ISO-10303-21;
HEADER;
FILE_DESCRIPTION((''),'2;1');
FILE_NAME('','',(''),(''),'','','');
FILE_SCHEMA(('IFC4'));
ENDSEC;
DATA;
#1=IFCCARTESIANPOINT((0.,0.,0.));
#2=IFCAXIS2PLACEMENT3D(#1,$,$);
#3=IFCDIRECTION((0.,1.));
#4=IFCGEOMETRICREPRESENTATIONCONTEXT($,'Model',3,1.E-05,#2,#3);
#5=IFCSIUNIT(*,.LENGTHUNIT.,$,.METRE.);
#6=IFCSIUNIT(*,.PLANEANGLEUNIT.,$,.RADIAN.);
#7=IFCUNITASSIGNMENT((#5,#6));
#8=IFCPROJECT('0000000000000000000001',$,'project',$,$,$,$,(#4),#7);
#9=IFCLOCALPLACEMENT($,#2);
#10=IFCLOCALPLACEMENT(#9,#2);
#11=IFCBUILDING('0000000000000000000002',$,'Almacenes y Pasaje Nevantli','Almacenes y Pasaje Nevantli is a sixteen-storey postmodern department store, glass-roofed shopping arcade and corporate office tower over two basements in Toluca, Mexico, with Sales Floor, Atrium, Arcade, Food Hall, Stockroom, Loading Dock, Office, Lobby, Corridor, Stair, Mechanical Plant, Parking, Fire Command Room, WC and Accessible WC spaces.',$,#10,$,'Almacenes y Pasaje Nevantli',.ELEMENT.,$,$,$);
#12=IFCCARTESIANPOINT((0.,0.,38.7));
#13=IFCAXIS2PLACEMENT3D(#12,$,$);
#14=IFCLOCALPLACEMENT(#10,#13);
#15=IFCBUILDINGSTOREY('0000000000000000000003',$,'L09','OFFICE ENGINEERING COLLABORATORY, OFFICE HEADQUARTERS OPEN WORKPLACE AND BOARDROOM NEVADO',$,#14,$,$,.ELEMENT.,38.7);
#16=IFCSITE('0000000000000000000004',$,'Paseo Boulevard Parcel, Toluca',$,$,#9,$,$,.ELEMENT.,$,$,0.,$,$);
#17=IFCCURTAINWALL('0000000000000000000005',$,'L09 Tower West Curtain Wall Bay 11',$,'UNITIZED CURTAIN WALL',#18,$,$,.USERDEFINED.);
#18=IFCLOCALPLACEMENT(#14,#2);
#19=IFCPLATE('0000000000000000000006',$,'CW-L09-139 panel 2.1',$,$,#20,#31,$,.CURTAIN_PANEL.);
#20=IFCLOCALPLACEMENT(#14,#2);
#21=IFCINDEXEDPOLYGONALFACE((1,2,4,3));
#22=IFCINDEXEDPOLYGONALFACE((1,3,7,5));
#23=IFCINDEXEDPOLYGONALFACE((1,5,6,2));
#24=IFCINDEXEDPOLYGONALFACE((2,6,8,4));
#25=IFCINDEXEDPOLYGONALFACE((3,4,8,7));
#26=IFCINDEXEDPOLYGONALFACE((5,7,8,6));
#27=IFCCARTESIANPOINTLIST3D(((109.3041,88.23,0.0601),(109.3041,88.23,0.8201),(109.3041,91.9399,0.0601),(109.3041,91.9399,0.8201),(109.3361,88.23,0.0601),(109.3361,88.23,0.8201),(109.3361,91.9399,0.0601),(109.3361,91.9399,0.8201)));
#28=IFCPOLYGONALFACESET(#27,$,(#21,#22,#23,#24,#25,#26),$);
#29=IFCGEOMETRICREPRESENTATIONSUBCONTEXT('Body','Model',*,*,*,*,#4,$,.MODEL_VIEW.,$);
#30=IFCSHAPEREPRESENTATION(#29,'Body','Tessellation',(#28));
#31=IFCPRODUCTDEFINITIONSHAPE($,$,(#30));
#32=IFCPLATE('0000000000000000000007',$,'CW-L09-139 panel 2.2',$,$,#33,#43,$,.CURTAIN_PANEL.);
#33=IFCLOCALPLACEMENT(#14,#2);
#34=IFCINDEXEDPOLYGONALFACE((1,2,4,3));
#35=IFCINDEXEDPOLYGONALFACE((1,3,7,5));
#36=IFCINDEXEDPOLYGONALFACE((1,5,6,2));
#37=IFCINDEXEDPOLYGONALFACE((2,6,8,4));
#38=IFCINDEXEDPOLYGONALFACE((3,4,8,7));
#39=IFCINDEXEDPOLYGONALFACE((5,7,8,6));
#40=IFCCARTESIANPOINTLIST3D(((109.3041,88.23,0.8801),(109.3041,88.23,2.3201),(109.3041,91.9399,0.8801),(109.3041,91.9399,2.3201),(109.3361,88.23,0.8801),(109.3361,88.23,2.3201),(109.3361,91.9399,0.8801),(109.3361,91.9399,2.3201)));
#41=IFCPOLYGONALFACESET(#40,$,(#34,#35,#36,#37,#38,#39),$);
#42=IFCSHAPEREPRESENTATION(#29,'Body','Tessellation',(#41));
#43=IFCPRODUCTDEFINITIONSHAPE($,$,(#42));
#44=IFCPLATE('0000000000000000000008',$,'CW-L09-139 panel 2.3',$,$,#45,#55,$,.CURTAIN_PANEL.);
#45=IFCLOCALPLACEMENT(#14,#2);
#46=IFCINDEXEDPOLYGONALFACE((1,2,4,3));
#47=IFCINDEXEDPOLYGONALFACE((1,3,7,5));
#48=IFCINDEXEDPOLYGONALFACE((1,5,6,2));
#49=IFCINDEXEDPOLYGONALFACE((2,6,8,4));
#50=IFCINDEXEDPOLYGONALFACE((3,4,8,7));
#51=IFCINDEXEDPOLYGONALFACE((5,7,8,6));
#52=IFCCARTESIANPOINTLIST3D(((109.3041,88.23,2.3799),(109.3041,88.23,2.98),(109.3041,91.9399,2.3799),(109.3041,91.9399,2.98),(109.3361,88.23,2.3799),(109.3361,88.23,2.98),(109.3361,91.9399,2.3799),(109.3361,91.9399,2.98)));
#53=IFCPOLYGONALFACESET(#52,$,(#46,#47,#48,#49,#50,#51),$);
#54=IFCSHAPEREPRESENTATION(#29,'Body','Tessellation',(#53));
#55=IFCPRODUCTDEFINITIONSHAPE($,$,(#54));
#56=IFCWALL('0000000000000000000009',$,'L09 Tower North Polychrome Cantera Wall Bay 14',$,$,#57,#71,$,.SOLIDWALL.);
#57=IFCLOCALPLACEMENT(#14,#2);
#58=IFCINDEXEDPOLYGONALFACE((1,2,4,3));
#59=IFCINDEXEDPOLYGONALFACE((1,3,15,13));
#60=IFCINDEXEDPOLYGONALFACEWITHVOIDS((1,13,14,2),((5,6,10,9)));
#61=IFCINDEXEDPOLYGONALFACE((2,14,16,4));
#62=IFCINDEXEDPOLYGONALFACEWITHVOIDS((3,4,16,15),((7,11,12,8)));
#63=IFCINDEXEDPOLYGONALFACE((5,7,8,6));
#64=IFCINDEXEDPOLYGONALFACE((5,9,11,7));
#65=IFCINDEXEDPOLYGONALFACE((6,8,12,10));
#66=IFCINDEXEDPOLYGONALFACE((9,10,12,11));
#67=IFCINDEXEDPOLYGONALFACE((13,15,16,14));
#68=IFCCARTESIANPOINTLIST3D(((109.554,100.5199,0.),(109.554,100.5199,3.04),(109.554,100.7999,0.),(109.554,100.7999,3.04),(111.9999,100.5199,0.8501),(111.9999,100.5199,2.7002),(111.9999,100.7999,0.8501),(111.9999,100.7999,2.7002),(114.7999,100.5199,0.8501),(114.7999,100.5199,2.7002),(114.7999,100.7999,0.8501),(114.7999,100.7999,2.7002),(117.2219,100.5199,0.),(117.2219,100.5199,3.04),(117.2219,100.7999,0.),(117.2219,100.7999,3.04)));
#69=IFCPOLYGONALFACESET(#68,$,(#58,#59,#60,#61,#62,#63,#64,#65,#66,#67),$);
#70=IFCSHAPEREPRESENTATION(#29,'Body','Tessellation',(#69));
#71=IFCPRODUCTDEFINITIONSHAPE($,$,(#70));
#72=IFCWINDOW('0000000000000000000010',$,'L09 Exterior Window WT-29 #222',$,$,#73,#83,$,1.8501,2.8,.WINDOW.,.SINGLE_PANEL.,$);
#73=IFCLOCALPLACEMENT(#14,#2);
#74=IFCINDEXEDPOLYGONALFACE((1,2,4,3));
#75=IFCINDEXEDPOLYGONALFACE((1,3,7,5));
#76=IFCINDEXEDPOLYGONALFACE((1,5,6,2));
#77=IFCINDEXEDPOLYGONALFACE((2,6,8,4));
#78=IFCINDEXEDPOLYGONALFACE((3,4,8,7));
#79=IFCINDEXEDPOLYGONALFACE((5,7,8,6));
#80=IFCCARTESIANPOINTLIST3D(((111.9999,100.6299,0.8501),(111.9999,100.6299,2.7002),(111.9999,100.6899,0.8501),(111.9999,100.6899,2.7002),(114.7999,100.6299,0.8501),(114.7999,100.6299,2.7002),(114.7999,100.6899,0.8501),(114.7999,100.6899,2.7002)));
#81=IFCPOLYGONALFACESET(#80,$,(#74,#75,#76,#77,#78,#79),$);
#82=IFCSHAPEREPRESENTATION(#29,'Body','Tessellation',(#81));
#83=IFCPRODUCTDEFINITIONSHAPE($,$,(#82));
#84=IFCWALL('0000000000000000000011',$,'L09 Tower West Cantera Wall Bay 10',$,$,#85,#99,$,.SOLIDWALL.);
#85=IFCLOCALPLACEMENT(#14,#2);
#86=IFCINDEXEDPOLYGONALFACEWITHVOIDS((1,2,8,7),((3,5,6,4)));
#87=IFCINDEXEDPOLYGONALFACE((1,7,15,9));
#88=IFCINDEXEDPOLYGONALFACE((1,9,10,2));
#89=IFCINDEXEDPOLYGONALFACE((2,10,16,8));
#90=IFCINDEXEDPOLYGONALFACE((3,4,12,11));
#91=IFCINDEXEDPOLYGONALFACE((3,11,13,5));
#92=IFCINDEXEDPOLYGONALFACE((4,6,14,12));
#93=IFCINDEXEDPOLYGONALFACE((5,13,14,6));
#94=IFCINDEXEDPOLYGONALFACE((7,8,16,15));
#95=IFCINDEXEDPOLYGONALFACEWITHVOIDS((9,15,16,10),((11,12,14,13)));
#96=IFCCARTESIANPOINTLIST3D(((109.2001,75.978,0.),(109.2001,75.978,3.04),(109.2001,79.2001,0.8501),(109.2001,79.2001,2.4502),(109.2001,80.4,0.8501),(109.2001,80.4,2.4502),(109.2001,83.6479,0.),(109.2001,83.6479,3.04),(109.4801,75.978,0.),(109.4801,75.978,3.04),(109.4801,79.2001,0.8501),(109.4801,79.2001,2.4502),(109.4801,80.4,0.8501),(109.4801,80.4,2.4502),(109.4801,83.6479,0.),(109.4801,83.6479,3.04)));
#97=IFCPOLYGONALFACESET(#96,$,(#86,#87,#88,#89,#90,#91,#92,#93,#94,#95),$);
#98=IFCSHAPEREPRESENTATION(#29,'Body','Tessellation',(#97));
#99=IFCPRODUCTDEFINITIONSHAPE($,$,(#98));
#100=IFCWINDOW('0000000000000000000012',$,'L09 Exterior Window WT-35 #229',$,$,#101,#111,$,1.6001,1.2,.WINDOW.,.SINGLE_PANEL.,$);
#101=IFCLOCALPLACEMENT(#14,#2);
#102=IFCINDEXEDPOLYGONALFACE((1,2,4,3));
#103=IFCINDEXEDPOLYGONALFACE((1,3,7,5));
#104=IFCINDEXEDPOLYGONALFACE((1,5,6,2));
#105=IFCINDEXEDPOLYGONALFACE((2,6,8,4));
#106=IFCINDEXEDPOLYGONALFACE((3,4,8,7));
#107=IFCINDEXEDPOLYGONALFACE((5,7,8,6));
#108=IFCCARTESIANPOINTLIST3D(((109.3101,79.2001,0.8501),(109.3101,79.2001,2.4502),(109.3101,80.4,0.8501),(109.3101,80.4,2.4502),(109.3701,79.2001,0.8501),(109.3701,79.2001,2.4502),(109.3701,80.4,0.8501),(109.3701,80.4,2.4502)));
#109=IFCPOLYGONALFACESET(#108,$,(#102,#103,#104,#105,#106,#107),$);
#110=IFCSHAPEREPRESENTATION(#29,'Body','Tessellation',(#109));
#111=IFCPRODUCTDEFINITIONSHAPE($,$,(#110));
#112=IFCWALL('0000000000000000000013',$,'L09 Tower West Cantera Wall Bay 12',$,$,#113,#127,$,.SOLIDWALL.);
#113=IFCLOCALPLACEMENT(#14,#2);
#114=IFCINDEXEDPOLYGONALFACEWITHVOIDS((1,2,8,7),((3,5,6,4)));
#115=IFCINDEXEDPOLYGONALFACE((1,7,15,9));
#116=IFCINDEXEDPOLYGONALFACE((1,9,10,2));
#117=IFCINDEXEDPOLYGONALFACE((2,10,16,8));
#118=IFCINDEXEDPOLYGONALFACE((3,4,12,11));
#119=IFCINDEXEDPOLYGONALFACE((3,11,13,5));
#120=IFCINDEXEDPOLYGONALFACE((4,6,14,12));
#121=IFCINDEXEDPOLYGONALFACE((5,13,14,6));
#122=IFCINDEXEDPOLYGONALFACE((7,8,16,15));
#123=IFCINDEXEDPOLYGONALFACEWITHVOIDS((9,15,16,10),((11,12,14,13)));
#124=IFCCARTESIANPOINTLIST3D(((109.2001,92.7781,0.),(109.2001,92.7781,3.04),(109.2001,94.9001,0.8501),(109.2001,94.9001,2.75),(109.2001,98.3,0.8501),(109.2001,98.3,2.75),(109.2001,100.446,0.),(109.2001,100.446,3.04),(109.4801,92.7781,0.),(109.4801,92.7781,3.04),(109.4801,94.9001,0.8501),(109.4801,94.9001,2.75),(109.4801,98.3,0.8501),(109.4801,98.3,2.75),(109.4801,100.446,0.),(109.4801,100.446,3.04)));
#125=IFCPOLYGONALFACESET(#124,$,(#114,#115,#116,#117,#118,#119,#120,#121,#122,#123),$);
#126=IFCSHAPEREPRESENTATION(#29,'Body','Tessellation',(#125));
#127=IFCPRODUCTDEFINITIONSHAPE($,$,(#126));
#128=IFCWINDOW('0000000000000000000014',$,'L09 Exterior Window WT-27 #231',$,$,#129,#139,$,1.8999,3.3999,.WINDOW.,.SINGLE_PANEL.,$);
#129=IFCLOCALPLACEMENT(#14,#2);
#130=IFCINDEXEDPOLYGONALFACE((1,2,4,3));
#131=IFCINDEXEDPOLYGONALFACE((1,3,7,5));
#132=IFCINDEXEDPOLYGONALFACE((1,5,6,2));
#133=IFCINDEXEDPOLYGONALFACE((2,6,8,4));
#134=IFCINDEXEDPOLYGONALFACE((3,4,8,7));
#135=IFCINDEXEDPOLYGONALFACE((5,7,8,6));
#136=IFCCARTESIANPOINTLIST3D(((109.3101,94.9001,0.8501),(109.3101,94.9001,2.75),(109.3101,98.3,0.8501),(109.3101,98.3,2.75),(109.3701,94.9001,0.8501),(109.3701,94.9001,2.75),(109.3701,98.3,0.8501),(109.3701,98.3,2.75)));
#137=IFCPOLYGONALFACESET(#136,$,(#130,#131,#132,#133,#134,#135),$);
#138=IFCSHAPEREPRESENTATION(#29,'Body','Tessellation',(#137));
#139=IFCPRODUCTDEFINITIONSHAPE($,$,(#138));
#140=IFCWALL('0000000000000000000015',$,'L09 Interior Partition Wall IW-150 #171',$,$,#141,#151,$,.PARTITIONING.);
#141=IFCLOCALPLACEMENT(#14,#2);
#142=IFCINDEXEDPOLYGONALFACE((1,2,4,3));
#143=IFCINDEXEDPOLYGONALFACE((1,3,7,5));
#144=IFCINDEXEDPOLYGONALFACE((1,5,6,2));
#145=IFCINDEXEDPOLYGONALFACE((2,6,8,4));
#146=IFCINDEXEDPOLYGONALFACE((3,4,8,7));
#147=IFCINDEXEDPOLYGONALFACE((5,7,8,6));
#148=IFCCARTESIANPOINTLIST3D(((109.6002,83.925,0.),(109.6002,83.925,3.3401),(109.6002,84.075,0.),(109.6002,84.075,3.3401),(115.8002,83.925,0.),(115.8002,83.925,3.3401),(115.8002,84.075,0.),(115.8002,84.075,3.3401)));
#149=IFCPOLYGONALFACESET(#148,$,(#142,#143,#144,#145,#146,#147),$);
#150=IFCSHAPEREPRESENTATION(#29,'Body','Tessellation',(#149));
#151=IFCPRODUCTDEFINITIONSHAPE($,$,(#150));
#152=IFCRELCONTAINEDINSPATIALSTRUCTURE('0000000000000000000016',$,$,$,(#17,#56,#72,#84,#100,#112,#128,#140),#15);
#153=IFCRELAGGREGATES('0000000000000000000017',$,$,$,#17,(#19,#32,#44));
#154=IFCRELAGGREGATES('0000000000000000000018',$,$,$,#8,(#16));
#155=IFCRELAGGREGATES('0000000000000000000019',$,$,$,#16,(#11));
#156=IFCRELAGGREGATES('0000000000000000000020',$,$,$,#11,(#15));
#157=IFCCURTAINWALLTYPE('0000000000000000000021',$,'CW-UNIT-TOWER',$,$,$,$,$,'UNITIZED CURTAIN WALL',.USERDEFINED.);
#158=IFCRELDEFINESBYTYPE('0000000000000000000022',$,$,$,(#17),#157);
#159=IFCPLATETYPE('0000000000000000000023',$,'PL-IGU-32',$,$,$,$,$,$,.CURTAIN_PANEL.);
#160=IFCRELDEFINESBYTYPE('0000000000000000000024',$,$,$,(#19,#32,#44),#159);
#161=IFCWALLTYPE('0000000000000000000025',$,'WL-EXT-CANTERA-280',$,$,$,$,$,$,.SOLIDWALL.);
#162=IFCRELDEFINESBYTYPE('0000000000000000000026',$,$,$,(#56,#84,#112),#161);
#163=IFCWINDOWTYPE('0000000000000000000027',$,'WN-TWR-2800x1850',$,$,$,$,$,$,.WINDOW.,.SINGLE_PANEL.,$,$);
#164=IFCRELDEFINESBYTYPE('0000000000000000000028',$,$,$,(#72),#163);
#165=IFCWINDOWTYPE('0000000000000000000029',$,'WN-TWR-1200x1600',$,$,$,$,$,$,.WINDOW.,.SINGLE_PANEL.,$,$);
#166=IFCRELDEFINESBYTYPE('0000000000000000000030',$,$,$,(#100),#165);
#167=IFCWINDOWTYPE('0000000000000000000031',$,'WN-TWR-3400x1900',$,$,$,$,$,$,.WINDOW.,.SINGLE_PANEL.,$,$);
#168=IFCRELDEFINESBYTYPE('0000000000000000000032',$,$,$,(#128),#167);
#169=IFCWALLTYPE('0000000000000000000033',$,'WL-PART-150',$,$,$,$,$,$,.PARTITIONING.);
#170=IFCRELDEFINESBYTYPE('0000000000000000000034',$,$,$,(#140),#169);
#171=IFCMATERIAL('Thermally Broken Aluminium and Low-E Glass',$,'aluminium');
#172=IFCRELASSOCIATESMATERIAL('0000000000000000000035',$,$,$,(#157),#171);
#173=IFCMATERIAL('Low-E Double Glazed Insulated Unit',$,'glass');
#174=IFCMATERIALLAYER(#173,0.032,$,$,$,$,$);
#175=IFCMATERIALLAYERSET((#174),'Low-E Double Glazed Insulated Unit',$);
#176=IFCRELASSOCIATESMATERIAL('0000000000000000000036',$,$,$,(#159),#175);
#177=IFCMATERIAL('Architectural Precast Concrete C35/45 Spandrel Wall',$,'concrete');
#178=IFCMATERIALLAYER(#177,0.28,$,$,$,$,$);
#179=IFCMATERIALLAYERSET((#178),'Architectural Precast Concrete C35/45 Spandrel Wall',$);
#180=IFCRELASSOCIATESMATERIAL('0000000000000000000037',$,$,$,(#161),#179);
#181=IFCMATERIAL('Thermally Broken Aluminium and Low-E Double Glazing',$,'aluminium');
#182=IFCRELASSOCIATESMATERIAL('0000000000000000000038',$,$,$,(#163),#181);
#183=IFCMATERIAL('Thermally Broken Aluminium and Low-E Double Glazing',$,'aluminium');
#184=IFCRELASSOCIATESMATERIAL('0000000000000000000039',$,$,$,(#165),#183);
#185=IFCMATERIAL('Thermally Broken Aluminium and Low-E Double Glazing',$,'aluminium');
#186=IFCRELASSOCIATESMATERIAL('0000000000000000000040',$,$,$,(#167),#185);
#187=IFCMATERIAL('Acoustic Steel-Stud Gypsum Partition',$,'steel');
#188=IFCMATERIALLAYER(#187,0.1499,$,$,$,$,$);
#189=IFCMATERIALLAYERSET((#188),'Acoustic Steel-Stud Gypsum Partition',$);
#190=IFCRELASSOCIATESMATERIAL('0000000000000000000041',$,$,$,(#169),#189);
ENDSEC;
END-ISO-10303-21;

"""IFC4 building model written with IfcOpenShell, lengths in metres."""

from ifc_helpers import new_model, si_unit, direction, frame, frame_2d, origin, origin_2d, place, context, subcontext, project, spatial, rectangle, extrude, material, layer, layer_set, type_object, element, fill, aggregate, save


model = new_model("IFC4")

# Units and contexts
model_context = context("Model", 3, precision=1e-05, world=origin(), true_north=direction((0.0, 1.0)))
body_context = subcontext(model_context, "Body", "Model", "MODEL_VIEW")
ifc_project = project(units=[si_unit("LENGTHUNIT", "METRE"), si_unit("PLANEANGLEUNIT", "RADIAN")], contexts=[model_context])

# Site, building, storey
site_placement = place(None, origin())
site = spatial("IfcSite", under=ifc_project, at=site_placement, Name="Paseo Boulevard Parcel, Toluca", CompositionType="ELEMENT", RefElevation=0.0)
building_placement = place(site_placement, origin())
building = spatial("IfcBuilding", under=site, at=building_placement, Name="Almacenes y Pasaje Nevantli", Description="Almacenes y Pasaje Nevantli is a sixteen-storey postmodern department store, glass-roofed shopping arcade and corporate office tower over two basements in Toluca, Mexico, with Sales Floor, Atrium, Arcade, Food Hall, Stockroom, Loading Dock, Office, Lobby, Corridor, Stair, Mechanical Plant, Parking, Fire Command Room, WC and Accessible WC spaces.", LongName="Almacenes y Pasaje Nevantli", CompositionType="ELEMENT")
storey_placement = place(building_placement, frame((0.0, 0.0, 38.7)))
storey = spatial("IfcBuildingStorey", under=building, at=storey_placement, Name="L09", Description="OFFICE ENGINEERING COLLABORATORY, OFFICE HEADQUARTERS OPEN WORKPLACE AND BOARDROOM NEVADO", CompositionType="ELEMENT", Elevation=38.7)

# Curtain wall, plates
ifc_material_1 = material(Name="Thermally Broken Aluminium and Low-E Glass", Category="aluminium")
curtain_wall_type = type_object("IfcCurtainWallType", Name="CW-UNIT-TOWER", ElementType="UNITIZED CURTAIN WALL", PredefinedType="USERDEFINED", material=ifc_material_1)
curtain_wall_placement = place(storey_placement, origin())
curtain_wall = element("IfcCurtainWall", 1, at=curtain_wall_placement, inside=storey, type_object=curtain_wall_type, Name="L09 Tower West Curtain Wall Bay 11", ObjectType="UNITIZED CURTAIN WALL", PredefinedType="USERDEFINED")
ifc_material_2 = material(Name="Low-E Double Glazed Insulated Unit", Category="glass")
ifc_layer_1 = layer(ifc_material_2, 0.032)
ifc_layer_set_1 = layer_set([ifc_layer_1], Name="Low-E Double Glazed Insulated Unit")
plate_type = type_object("IfcPlateType", Name="PL-IGU-32", PredefinedType="CURTAIN_PANEL", material=ifc_layer_set_1)
plate_1_placement = place(storey_placement, frame((109.3201, 90.085, 0.0601), z_axis=(0.0, 0.0, 1.0), x_axis=(0.0, 1.0, 0.0)))
plate_1 = element("IfcPlate", 2, at=plate_1_placement, type_object=plate_type, Name="CW-L09-139 panel 2.1", PredefinedType="CURTAIN_PANEL", context=body_context, shape_type="SweptSolid", body=[
    extrude(rectangle(XDim=3.71, YDim=0.032, at=origin_2d()), origin(), (0.0, 0.0, 1.0), 0.76),
])
plate_2_placement = place(storey_placement, frame((109.3201, 90.085, 0.8801), z_axis=(0.0, 0.0, 1.0), x_axis=(0.0, 1.0, 0.0)))
plate_2 = element("IfcPlate", 3, at=plate_2_placement, type_object=plate_type, Name="CW-L09-139 panel 2.2", PredefinedType="CURTAIN_PANEL", context=body_context, shape_type="SweptSolid", body=[
    extrude(rectangle(XDim=3.71, YDim=0.032, at=origin_2d()), origin(), (0.0, 0.0, 1.0), 1.4399),
])
plate_3_placement = place(storey_placement, frame((109.3201, 90.085, 2.3799), z_axis=(0.0, 0.0, 1.0), x_axis=(0.0, 1.0, 0.0)))
plate_3 = element("IfcPlate", 4, at=plate_3_placement, type_object=plate_type, Name="CW-L09-139 panel 2.3", PredefinedType="CURTAIN_PANEL", context=body_context, shape_type="SweptSolid", body=[
    extrude(rectangle(XDim=3.71, YDim=0.032, at=origin_2d()), origin(), (0.0, 0.0, 1.0), 0.6001),
])
aggregate(curtain_wall, [plate_1, plate_2, plate_3])

# Walls, openings, windows
ifc_material_3 = material(Name="Architectural Precast Concrete C35/45 Spandrel Wall", Category="concrete")
ifc_layer_2 = layer(ifc_material_3, 0.28)
ifc_layer_set_2 = layer_set([ifc_layer_2], Name="Architectural Precast Concrete C35/45 Spandrel Wall")
wall_type_1 = type_object("IfcWallType", Name="WL-EXT-CANTERA-280", PredefinedType="SOLIDWALL", material=ifc_layer_set_2)
wall_1_placement = place(storey_placement, frame((109.554, 100.6599, 0.0), z_axis=(0.0, 0.0, 1.0), x_axis=(1.0, 0.0, 0.0)))
wall_1 = element("IfcWall", 5, at=wall_1_placement, inside=storey, type_object=wall_type_1, Name="L09 Tower North Polychrome Cantera Wall Bay 14", PredefinedType="SOLIDWALL", context=body_context, shape_type="SweptSolid", body=[
    extrude(rectangle(XDim=7.668, YDim=0.28, at=frame_2d((3.834, 0.0))), origin(), (0.0, 0.0, 1.0), 3.04),
])
opening_1_placement = place(wall_1_placement, frame((2.446, 0.0, 0.8501)))
opening_1 = element("IfcOpeningElement", 6, at=opening_1_placement, cuts=wall_1, PredefinedType="OPENING", context=body_context, shape_type="SweptSolid", body=[
    extrude(rectangle(XDim=2.8, YDim=1.8501, at=frame_2d((1.3999, 0.925))), frame((0.0, 0.1499, 0.0), z_axis=(0.0, -1.0, 0.0), x_axis=(1.0, 0.0, 0.0)), (0.0, 0.0, 1.0), 0.3),
])
ifc_material_4 = material(Name="Thermally Broken Aluminium and Low-E Double Glazing", Category="aluminium")
window_type_1 = type_object("IfcWindowType", Name="WN-TWR-2800x1850", PartitioningType="SINGLE_PANEL", PredefinedType="WINDOW", material=ifc_material_4)
window_1_placement = place(opening_1_placement, origin())
window_1 = element("IfcWindow", 7, at=window_1_placement, inside=storey, type_object=window_type_1, Name="L09 Exterior Window WT-29 #222", OverallHeight=1.8501, OverallWidth=2.8, PartitioningType="SINGLE_PANEL", PredefinedType="WINDOW", context=body_context, shape_type="SweptSolid", body=[
    extrude(rectangle(XDim=2.8, YDim=1.8501, at=frame_2d((1.3999, 0.925))), frame((0.0, 0.03, 0.0), z_axis=(0.0, -1.0, 0.0), x_axis=(1.0, 0.0, 0.0)), (0.0, 0.0, 1.0), 0.0601),
])
fill(opening_1, window_1)
wall_2_placement = place(storey_placement, frame((109.3401, 75.978, 0.0), z_axis=(0.0, 0.0, 1.0), x_axis=(0.0, 1.0, 0.0)))
wall_2 = element("IfcWall", 8, at=wall_2_placement, inside=storey, type_object=wall_type_1, Name="L09 Tower West Cantera Wall Bay 10", PredefinedType="SOLIDWALL", context=body_context, shape_type="SweptSolid", body=[
    extrude(rectangle(XDim=7.6699, YDim=0.28, at=frame_2d((3.835, 0.0))), origin(), (0.0, 0.0, 1.0), 3.04),
])
opening_2_placement = place(wall_2_placement, frame((3.2219, 0.0, 0.8501)))
opening_2 = element("IfcOpeningElement", 9, at=opening_2_placement, cuts=wall_2, PredefinedType="OPENING", context=body_context, shape_type="SweptSolid", body=[
    extrude(rectangle(XDim=1.2, YDim=1.6001, at=frame_2d((0.6001, 0.8))), frame((0.0, 0.1499, 0.0), z_axis=(0.0, -1.0, 0.0), x_axis=(1.0, 0.0, 0.0)), (0.0, 0.0, 1.0), 0.3),
])
ifc_material_5 = material(Name="Thermally Broken Aluminium and Low-E Double Glazing", Category="aluminium")
window_type_2 = type_object("IfcWindowType", Name="WN-TWR-1200x1600", PartitioningType="SINGLE_PANEL", PredefinedType="WINDOW", material=ifc_material_5)
window_2_placement = place(opening_2_placement, origin())
window_2 = element("IfcWindow", 10, at=window_2_placement, inside=storey, type_object=window_type_2, Name="L09 Exterior Window WT-35 #229", OverallHeight=1.6001, OverallWidth=1.2, PartitioningType="SINGLE_PANEL", PredefinedType="WINDOW", context=body_context, shape_type="SweptSolid", body=[
    extrude(rectangle(XDim=1.2, YDim=1.6001, at=frame_2d((0.6001, 0.8))), frame((0.0, 0.03, 0.0), z_axis=(0.0, -1.0, 0.0), x_axis=(1.0, 0.0, 0.0)), (0.0, 0.0, 1.0), 0.0601),
])
fill(opening_2, window_2)
wall_3_placement = place(storey_placement, frame((109.3401, 92.7781, 0.0), z_axis=(0.0, 0.0, 1.0), x_axis=(0.0, 1.0, 0.0)))
wall_3 = element("IfcWall", 11, at=wall_3_placement, inside=storey, type_object=wall_type_1, Name="L09 Tower West Cantera Wall Bay 12", PredefinedType="SOLIDWALL", context=body_context, shape_type="SweptSolid", body=[
    extrude(rectangle(XDim=7.668, YDim=0.28, at=frame_2d((3.834, 0.0))), origin(), (0.0, 0.0, 1.0), 3.04),
])
opening_3_placement = place(wall_3_placement, frame((2.1221, 0.0, 0.8501)))
opening_3 = element("IfcOpeningElement", 12, at=opening_3_placement, cuts=wall_3, PredefinedType="OPENING", context=body_context, shape_type="SweptSolid", body=[
    extrude(rectangle(XDim=3.3999, YDim=1.8999, at=frame_2d((1.7, 0.95))), frame((0.0, 0.1499, 0.0), z_axis=(0.0, -1.0, 0.0), x_axis=(1.0, 0.0, 0.0)), (0.0, 0.0, 1.0), 0.3),
])
ifc_material_6 = material(Name="Thermally Broken Aluminium and Low-E Double Glazing", Category="aluminium")
window_type_3 = type_object("IfcWindowType", Name="WN-TWR-3400x1900", PartitioningType="SINGLE_PANEL", PredefinedType="WINDOW", material=ifc_material_6)
window_3_placement = place(opening_3_placement, origin())
window_3 = element("IfcWindow", 13, at=window_3_placement, inside=storey, type_object=window_type_3, Name="L09 Exterior Window WT-27 #231", OverallHeight=1.8999, OverallWidth=3.3999, PartitioningType="SINGLE_PANEL", PredefinedType="WINDOW", context=body_context, shape_type="SweptSolid", body=[
    extrude(rectangle(XDim=3.3999, YDim=1.8999, at=frame_2d((1.7, 0.95))), frame((0.0, 0.03, 0.0), z_axis=(0.0, -1.0, 0.0), x_axis=(1.0, 0.0, 0.0)), (0.0, 0.0, 1.0), 0.0601),
])
fill(opening_3, window_3)

# Wall
ifc_material_7 = material(Name="Acoustic Steel-Stud Gypsum Partition", Category="steel")
ifc_layer_3 = layer(ifc_material_7, 0.1499)
ifc_layer_set_3 = layer_set([ifc_layer_3], Name="Acoustic Steel-Stud Gypsum Partition")
wall_type_2 = type_object("IfcWallType", Name="WL-PART-150", PredefinedType="PARTITIONING", material=ifc_layer_set_3)
wall_4_placement = place(storey_placement, frame((109.6001, 84.0, 0.0), z_axis=(0.0, 0.0, 1.0), x_axis=(1.0, 0.0, 0.0)))
element("IfcWall", 14, at=wall_4_placement, inside=storey, type_object=wall_type_2, Name="L09 Interior Partition Wall IW-150 #171", PredefinedType="PARTITIONING", context=body_context, shape_type="SweptSolid", body=[
    extrude(rectangle(XDim=6.2, YDim=0.1499, at=frame_2d((3.1001, 0.0))), origin(), (0.0, 0.0, 1.0), 3.3401),
])

save(model, "model.ifc")
